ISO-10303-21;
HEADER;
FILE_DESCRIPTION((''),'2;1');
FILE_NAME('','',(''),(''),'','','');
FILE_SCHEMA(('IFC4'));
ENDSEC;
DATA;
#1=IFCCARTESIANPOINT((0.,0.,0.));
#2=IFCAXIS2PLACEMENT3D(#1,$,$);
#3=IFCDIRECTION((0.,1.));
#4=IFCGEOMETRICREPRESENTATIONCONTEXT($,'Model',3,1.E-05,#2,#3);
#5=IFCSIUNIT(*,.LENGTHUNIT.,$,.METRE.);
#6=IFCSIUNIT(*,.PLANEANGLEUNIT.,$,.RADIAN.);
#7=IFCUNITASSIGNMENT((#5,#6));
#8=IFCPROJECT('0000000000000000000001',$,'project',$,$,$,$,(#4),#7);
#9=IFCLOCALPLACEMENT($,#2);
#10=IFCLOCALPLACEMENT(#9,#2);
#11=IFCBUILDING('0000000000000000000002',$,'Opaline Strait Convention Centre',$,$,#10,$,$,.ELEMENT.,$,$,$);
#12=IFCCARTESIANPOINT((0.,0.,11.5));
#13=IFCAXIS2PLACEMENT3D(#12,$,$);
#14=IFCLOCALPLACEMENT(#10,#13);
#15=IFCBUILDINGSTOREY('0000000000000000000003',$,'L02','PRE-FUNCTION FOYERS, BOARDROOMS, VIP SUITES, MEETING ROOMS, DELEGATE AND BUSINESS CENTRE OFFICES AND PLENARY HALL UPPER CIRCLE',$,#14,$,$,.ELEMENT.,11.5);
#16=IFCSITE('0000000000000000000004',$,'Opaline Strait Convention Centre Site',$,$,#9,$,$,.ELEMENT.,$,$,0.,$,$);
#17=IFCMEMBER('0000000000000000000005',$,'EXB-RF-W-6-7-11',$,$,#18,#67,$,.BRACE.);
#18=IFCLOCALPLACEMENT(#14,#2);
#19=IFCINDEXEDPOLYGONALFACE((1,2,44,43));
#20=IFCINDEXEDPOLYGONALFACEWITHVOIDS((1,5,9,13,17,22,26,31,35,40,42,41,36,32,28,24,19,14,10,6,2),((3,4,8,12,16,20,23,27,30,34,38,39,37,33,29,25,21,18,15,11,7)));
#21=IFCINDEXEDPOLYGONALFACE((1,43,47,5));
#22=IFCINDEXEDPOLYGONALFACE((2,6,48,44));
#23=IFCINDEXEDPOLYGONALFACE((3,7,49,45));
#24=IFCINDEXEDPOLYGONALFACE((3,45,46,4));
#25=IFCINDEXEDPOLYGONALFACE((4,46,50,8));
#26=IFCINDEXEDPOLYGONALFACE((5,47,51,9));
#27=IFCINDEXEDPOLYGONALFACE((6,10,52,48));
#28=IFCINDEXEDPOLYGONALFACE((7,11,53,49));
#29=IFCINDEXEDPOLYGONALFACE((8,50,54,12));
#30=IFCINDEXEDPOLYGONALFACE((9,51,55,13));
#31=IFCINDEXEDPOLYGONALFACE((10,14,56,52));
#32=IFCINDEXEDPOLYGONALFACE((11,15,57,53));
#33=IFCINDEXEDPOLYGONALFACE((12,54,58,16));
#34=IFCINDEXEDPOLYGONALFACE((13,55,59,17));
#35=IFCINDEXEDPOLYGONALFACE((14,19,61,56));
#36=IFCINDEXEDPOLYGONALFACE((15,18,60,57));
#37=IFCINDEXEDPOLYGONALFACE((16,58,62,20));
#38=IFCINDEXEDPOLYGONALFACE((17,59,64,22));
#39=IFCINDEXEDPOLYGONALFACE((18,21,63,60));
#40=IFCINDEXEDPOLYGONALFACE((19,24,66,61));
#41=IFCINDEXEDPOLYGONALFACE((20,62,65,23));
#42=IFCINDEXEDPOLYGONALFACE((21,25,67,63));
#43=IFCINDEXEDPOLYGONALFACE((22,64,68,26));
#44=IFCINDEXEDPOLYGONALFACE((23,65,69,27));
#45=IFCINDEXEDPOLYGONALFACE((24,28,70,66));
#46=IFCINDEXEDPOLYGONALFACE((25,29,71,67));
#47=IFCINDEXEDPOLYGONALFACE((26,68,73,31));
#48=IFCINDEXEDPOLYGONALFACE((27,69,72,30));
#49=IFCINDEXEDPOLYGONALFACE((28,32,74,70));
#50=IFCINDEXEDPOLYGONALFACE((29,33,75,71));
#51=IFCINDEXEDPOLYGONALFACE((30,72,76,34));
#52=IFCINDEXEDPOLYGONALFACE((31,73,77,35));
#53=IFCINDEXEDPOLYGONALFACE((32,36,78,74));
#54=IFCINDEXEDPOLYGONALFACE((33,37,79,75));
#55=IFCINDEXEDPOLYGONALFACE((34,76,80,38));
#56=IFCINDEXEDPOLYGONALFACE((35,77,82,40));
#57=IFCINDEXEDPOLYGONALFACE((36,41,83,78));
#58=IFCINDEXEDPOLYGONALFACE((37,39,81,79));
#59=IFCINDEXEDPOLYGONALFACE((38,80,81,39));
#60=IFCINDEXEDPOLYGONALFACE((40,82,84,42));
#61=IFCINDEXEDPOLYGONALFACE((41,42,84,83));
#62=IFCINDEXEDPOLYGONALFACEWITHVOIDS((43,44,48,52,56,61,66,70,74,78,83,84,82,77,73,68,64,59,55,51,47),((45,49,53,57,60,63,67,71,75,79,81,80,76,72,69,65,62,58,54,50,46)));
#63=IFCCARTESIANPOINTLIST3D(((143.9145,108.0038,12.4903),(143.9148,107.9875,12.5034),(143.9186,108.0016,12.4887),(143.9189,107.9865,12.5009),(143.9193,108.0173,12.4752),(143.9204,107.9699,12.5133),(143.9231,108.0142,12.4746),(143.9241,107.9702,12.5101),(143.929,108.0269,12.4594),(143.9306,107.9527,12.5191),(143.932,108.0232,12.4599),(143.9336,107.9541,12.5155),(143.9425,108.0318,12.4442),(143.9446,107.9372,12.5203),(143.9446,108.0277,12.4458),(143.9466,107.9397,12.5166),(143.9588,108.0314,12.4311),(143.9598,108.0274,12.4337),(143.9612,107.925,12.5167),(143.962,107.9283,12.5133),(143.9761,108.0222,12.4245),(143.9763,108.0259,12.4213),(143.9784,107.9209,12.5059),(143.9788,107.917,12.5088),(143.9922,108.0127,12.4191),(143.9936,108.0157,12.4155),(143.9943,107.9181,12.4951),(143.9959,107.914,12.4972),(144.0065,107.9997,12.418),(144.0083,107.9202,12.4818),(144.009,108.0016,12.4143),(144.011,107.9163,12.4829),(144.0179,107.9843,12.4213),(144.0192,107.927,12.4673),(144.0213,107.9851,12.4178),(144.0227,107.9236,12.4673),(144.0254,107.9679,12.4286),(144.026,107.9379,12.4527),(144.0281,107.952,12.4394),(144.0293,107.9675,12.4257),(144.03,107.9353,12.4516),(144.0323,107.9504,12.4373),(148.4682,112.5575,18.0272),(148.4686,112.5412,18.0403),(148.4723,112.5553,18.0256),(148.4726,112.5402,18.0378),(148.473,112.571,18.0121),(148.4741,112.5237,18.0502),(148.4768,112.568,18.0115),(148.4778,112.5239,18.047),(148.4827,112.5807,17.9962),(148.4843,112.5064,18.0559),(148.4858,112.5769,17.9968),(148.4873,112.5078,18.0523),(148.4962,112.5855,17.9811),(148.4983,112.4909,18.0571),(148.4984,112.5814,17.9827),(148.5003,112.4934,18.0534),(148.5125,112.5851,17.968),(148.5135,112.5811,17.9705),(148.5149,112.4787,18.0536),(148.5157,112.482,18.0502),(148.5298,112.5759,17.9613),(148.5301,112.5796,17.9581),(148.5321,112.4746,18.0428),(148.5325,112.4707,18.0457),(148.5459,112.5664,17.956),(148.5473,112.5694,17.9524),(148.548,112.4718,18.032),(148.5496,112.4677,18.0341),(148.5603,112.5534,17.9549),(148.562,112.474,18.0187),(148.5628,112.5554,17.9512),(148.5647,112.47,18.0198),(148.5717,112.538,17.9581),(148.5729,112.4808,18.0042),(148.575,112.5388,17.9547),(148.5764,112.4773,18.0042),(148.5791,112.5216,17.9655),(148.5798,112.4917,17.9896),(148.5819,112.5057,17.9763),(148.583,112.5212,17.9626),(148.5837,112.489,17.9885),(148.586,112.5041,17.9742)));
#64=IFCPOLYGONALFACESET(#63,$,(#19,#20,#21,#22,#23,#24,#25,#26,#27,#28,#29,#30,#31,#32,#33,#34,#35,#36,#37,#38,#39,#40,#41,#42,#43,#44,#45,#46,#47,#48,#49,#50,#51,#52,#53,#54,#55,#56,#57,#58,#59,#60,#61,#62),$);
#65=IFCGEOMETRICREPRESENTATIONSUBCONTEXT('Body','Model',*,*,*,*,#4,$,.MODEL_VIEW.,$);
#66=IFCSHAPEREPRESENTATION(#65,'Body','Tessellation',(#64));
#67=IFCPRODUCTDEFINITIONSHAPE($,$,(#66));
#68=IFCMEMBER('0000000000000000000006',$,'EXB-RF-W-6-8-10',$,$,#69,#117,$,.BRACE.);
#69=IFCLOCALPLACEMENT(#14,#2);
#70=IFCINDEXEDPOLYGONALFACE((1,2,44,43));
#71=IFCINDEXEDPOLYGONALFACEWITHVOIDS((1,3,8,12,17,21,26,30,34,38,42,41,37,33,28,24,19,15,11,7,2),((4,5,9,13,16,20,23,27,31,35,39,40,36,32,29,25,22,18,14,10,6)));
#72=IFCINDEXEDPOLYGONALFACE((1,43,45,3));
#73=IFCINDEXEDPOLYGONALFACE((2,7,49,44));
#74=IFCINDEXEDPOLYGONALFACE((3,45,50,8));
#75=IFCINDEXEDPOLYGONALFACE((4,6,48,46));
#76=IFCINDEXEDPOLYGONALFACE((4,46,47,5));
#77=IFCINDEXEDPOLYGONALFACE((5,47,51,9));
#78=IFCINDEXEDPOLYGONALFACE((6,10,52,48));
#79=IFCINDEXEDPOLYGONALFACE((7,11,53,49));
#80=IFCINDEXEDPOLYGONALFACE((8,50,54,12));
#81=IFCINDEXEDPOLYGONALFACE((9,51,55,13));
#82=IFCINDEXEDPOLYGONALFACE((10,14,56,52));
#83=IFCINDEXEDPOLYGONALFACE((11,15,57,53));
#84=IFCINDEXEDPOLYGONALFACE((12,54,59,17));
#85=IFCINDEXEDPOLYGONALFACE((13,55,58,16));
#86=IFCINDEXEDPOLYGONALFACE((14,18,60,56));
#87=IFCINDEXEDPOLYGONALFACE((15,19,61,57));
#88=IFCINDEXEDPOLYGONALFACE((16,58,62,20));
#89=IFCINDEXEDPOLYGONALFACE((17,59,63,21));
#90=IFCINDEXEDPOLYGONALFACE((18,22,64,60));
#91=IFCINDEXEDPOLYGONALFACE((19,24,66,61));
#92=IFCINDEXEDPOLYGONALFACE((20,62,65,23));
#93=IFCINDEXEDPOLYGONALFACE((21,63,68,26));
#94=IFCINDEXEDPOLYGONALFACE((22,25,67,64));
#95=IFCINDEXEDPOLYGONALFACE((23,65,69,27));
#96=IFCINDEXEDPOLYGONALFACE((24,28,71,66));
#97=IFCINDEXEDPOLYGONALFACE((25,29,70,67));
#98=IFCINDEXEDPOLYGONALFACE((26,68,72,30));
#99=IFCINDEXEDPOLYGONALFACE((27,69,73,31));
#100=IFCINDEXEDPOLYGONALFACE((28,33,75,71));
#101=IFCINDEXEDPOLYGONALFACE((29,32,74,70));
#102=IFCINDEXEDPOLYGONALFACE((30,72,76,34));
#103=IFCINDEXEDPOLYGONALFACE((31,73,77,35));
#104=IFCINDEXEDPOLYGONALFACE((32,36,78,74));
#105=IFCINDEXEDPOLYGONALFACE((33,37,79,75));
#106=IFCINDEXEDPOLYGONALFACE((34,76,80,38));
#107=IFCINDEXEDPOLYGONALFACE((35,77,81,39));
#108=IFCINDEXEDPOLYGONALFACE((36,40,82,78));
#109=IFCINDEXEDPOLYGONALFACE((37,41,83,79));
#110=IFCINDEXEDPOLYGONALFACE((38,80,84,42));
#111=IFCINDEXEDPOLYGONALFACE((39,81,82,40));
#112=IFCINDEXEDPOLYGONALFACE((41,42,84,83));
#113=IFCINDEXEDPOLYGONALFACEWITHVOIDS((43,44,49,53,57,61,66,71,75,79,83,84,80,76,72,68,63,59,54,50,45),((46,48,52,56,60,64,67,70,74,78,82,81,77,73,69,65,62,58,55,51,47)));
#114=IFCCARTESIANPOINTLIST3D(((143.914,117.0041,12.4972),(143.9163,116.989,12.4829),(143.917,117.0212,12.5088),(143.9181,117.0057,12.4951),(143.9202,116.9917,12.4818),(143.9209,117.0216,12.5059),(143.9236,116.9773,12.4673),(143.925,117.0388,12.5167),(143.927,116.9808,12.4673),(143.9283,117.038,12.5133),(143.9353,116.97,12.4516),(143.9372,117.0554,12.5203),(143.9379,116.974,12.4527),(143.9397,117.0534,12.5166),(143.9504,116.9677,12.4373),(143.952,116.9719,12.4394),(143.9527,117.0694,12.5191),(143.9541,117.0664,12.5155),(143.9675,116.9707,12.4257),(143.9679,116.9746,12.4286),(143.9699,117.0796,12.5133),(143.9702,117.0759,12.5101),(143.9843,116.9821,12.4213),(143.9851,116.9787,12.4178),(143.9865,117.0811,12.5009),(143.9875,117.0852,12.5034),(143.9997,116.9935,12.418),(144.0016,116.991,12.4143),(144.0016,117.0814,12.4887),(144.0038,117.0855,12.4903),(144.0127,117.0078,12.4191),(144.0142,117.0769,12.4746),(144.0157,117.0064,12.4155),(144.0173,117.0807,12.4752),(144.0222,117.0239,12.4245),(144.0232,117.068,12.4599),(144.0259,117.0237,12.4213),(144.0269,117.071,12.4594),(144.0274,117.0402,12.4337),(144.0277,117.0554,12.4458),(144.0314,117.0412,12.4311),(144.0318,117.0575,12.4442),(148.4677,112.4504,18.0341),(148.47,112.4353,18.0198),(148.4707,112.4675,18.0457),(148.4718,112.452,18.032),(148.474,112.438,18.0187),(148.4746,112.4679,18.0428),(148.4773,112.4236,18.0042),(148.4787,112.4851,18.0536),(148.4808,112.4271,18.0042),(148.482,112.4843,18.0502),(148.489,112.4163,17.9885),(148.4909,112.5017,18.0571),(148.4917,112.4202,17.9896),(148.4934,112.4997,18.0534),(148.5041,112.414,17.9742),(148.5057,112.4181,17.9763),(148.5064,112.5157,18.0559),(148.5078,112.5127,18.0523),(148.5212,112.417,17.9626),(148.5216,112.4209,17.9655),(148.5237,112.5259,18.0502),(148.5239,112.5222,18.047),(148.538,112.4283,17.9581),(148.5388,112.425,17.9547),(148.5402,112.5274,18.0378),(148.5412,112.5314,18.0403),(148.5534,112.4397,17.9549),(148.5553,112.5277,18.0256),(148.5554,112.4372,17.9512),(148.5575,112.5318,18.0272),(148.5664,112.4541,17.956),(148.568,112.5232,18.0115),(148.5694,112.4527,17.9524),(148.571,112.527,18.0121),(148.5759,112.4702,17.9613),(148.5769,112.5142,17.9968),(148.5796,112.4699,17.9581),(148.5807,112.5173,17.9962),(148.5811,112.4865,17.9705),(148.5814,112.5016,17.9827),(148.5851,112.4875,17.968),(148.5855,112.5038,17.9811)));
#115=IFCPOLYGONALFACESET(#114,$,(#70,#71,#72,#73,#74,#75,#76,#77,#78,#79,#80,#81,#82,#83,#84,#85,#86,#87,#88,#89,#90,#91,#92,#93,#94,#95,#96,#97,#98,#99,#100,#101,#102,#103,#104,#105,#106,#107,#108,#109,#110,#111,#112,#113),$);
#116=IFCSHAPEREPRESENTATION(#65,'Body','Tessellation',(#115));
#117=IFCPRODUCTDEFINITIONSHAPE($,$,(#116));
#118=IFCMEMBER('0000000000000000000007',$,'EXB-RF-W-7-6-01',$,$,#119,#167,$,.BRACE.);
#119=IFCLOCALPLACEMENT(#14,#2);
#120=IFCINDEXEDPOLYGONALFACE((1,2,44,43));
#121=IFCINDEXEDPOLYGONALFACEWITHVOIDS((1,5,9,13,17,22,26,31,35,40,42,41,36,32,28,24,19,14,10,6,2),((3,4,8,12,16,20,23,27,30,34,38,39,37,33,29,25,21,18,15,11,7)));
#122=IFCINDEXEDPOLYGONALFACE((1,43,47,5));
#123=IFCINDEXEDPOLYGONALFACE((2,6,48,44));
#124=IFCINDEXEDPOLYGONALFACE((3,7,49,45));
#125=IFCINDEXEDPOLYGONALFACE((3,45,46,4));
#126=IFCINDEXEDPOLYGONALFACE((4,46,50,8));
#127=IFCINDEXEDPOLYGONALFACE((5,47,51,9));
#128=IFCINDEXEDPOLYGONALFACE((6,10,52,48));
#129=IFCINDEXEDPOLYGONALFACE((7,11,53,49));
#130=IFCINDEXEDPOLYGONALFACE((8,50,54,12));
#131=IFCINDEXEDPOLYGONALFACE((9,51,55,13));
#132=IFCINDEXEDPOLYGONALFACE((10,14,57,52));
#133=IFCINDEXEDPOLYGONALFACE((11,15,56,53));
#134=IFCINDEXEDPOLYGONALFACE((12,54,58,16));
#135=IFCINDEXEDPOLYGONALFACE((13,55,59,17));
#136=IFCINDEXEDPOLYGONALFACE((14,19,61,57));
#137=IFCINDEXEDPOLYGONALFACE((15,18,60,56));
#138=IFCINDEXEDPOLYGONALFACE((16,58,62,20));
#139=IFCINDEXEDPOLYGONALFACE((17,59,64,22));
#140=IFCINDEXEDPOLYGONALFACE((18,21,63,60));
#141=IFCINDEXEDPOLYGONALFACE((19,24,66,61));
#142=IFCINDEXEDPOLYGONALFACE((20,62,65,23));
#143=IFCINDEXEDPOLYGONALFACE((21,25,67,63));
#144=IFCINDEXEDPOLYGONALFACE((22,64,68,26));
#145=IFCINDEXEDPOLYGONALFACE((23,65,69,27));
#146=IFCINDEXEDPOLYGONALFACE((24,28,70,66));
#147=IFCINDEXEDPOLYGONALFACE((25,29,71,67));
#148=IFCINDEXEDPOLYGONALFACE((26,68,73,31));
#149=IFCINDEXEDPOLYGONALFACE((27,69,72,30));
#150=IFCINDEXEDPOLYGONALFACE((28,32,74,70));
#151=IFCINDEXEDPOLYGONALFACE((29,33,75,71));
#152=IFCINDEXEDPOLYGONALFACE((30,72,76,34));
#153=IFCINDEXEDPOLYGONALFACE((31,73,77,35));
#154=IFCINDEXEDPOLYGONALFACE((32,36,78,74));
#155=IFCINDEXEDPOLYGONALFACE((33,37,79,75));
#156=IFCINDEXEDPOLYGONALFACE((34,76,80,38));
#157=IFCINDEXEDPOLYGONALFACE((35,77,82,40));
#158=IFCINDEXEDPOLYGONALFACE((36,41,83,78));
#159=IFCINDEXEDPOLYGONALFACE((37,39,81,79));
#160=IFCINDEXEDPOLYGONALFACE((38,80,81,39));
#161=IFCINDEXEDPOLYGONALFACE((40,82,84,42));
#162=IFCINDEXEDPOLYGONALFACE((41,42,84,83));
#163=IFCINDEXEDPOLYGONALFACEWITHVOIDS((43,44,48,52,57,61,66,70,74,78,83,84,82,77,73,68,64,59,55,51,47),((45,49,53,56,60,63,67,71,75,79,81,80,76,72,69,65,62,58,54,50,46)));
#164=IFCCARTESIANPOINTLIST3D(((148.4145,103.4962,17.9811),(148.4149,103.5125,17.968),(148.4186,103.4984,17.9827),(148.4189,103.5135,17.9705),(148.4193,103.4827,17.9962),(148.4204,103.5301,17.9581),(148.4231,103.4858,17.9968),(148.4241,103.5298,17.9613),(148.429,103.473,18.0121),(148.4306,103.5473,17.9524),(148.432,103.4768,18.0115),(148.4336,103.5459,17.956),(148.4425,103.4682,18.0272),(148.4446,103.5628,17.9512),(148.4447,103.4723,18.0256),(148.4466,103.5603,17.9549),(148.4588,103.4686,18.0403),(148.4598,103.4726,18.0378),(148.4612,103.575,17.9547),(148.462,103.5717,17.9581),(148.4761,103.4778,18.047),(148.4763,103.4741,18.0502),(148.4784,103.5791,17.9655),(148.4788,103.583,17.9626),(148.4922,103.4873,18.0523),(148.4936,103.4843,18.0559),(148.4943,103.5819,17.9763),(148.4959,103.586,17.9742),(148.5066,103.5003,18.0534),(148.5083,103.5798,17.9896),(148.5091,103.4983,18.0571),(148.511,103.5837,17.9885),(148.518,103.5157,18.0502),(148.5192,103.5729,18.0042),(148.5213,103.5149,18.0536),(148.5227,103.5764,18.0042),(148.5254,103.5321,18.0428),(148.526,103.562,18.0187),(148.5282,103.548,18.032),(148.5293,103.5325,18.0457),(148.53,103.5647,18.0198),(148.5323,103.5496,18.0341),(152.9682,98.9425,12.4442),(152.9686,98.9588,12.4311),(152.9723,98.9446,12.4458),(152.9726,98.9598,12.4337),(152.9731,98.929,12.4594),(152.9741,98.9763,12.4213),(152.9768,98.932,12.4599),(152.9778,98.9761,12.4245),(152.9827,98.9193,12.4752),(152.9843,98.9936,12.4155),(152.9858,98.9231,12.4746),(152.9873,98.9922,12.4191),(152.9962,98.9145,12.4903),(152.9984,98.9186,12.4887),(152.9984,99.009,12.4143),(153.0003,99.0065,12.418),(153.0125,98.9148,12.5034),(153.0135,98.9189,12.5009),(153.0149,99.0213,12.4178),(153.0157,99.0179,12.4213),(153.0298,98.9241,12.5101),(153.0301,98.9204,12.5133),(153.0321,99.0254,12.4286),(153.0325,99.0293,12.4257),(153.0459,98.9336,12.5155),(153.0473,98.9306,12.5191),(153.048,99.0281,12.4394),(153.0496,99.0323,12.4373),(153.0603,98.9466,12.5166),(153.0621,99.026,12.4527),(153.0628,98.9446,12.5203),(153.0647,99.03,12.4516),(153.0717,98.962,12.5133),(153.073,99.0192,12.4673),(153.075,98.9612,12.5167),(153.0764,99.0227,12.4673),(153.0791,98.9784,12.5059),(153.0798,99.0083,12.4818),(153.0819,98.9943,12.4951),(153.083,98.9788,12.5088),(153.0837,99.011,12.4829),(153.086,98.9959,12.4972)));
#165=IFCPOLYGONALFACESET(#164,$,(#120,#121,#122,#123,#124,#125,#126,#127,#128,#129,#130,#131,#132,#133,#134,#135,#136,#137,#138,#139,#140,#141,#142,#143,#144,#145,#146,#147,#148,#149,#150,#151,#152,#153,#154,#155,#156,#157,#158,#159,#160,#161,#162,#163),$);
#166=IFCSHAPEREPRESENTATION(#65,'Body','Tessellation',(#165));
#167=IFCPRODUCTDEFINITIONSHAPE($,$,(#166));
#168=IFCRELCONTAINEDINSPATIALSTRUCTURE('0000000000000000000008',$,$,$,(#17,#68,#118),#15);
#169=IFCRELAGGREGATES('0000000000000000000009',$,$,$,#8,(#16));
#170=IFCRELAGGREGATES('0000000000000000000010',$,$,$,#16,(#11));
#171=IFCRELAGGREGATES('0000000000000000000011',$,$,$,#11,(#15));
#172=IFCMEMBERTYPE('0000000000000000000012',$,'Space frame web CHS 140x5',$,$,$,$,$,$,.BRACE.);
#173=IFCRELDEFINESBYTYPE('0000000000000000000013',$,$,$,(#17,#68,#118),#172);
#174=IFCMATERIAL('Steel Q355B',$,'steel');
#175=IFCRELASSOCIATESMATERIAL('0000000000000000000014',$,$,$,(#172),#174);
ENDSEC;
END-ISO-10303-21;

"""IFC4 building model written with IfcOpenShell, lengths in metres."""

from ifc_helpers import new_model, si_unit, direction, frame, origin, origin_2d, place, context, subcontext, project, spatial, hollow_circle, extrude, material, material_profile, profile_set, type_object, element, save


model = new_model("IFC4")

# Units and contexts
model_context = context("Model", 3, precision=1e-05, world=origin(), true_north=direction((0.0, 1.0)))
body_context = subcontext(model_context, "Body", "Model", "MODEL_VIEW")
ifc_project = project(units=[si_unit("LENGTHUNIT", "METRE"), si_unit("PLANEANGLEUNIT", "RADIAN")], contexts=[model_context])

# Site, building, storey
site_placement = place(None, origin())
site = spatial("IfcSite", under=ifc_project, at=site_placement, Name="Opaline Strait Convention Centre Site", CompositionType="ELEMENT", RefElevation=0.0)
building_placement = place(site_placement, origin())
building = spatial("IfcBuilding", under=site, at=building_placement, Name="Opaline Strait Convention Centre", CompositionType="ELEMENT")
storey_placement = place(building_placement, frame((0.0, 0.0, 11.5)))
storey = spatial("IfcBuildingStorey", under=building, at=storey_placement, Name="L02", Description="PRE-FUNCTION FOYERS, BOARDROOMS, VIP SUITES, MEETING ROOMS, DELEGATE AND BUSINESS CENTRE OFFICES AND PLENARY HALL UPPER CIRCLE", CompositionType="ELEMENT", Elevation=11.5)

# Members
ifc_material = material(Name="Steel Q355B", Category="steel")
ifc_material_profile_1 = material_profile(ifc_material, hollow_circle(Radius=0.0701, WallThickness=0.0049, at=origin_2d()), Name="CHS 140x5")
ifc_profile_set_1 = profile_set([ifc_material_profile_1], Name="Steel Q355B")
member_type_1 = type_object("IfcMemberType", Name="Space frame web CHS 140x5", PredefinedType="BRACE", material=ifc_profile_set_1)
for number, where, z_axis, x_axis, name in (
    (1, (148.5269, 112.5269, 18.0042), (-0.536178, -0.536178, -0.65194), (0.707107, -0.707107, 0.0), "EXB-RF-W-6-7-11"),
    (2, (148.5269, 112.4731, 18.0042), (-0.536178, 0.536178, -0.65194), (-0.707107, -0.707107, 0.0), "EXB-RF-W-6-8-10"),
    (3, (148.4731, 103.5269, 18.0042), (0.536178, -0.536178, -0.65194), (0.707107, 0.707107, 0.0), "EXB-RF-W-7-6-01"),
):
    element("IfcMember", number, at=place(storey_placement, frame(where, z_axis=z_axis, x_axis=x_axis)), inside=storey, type_object=member_type_1, Name=name, PredefinedType="BRACE", context=body_context, shape_type="SweptSolid", body=[
        extrude(hollow_circle(Radius=0.0701, WallThickness=0.0049, at=origin_2d()), origin(), (0.0, 0.0, 1.0), 8.4929),
    ])

save(model, "model.ifc")
